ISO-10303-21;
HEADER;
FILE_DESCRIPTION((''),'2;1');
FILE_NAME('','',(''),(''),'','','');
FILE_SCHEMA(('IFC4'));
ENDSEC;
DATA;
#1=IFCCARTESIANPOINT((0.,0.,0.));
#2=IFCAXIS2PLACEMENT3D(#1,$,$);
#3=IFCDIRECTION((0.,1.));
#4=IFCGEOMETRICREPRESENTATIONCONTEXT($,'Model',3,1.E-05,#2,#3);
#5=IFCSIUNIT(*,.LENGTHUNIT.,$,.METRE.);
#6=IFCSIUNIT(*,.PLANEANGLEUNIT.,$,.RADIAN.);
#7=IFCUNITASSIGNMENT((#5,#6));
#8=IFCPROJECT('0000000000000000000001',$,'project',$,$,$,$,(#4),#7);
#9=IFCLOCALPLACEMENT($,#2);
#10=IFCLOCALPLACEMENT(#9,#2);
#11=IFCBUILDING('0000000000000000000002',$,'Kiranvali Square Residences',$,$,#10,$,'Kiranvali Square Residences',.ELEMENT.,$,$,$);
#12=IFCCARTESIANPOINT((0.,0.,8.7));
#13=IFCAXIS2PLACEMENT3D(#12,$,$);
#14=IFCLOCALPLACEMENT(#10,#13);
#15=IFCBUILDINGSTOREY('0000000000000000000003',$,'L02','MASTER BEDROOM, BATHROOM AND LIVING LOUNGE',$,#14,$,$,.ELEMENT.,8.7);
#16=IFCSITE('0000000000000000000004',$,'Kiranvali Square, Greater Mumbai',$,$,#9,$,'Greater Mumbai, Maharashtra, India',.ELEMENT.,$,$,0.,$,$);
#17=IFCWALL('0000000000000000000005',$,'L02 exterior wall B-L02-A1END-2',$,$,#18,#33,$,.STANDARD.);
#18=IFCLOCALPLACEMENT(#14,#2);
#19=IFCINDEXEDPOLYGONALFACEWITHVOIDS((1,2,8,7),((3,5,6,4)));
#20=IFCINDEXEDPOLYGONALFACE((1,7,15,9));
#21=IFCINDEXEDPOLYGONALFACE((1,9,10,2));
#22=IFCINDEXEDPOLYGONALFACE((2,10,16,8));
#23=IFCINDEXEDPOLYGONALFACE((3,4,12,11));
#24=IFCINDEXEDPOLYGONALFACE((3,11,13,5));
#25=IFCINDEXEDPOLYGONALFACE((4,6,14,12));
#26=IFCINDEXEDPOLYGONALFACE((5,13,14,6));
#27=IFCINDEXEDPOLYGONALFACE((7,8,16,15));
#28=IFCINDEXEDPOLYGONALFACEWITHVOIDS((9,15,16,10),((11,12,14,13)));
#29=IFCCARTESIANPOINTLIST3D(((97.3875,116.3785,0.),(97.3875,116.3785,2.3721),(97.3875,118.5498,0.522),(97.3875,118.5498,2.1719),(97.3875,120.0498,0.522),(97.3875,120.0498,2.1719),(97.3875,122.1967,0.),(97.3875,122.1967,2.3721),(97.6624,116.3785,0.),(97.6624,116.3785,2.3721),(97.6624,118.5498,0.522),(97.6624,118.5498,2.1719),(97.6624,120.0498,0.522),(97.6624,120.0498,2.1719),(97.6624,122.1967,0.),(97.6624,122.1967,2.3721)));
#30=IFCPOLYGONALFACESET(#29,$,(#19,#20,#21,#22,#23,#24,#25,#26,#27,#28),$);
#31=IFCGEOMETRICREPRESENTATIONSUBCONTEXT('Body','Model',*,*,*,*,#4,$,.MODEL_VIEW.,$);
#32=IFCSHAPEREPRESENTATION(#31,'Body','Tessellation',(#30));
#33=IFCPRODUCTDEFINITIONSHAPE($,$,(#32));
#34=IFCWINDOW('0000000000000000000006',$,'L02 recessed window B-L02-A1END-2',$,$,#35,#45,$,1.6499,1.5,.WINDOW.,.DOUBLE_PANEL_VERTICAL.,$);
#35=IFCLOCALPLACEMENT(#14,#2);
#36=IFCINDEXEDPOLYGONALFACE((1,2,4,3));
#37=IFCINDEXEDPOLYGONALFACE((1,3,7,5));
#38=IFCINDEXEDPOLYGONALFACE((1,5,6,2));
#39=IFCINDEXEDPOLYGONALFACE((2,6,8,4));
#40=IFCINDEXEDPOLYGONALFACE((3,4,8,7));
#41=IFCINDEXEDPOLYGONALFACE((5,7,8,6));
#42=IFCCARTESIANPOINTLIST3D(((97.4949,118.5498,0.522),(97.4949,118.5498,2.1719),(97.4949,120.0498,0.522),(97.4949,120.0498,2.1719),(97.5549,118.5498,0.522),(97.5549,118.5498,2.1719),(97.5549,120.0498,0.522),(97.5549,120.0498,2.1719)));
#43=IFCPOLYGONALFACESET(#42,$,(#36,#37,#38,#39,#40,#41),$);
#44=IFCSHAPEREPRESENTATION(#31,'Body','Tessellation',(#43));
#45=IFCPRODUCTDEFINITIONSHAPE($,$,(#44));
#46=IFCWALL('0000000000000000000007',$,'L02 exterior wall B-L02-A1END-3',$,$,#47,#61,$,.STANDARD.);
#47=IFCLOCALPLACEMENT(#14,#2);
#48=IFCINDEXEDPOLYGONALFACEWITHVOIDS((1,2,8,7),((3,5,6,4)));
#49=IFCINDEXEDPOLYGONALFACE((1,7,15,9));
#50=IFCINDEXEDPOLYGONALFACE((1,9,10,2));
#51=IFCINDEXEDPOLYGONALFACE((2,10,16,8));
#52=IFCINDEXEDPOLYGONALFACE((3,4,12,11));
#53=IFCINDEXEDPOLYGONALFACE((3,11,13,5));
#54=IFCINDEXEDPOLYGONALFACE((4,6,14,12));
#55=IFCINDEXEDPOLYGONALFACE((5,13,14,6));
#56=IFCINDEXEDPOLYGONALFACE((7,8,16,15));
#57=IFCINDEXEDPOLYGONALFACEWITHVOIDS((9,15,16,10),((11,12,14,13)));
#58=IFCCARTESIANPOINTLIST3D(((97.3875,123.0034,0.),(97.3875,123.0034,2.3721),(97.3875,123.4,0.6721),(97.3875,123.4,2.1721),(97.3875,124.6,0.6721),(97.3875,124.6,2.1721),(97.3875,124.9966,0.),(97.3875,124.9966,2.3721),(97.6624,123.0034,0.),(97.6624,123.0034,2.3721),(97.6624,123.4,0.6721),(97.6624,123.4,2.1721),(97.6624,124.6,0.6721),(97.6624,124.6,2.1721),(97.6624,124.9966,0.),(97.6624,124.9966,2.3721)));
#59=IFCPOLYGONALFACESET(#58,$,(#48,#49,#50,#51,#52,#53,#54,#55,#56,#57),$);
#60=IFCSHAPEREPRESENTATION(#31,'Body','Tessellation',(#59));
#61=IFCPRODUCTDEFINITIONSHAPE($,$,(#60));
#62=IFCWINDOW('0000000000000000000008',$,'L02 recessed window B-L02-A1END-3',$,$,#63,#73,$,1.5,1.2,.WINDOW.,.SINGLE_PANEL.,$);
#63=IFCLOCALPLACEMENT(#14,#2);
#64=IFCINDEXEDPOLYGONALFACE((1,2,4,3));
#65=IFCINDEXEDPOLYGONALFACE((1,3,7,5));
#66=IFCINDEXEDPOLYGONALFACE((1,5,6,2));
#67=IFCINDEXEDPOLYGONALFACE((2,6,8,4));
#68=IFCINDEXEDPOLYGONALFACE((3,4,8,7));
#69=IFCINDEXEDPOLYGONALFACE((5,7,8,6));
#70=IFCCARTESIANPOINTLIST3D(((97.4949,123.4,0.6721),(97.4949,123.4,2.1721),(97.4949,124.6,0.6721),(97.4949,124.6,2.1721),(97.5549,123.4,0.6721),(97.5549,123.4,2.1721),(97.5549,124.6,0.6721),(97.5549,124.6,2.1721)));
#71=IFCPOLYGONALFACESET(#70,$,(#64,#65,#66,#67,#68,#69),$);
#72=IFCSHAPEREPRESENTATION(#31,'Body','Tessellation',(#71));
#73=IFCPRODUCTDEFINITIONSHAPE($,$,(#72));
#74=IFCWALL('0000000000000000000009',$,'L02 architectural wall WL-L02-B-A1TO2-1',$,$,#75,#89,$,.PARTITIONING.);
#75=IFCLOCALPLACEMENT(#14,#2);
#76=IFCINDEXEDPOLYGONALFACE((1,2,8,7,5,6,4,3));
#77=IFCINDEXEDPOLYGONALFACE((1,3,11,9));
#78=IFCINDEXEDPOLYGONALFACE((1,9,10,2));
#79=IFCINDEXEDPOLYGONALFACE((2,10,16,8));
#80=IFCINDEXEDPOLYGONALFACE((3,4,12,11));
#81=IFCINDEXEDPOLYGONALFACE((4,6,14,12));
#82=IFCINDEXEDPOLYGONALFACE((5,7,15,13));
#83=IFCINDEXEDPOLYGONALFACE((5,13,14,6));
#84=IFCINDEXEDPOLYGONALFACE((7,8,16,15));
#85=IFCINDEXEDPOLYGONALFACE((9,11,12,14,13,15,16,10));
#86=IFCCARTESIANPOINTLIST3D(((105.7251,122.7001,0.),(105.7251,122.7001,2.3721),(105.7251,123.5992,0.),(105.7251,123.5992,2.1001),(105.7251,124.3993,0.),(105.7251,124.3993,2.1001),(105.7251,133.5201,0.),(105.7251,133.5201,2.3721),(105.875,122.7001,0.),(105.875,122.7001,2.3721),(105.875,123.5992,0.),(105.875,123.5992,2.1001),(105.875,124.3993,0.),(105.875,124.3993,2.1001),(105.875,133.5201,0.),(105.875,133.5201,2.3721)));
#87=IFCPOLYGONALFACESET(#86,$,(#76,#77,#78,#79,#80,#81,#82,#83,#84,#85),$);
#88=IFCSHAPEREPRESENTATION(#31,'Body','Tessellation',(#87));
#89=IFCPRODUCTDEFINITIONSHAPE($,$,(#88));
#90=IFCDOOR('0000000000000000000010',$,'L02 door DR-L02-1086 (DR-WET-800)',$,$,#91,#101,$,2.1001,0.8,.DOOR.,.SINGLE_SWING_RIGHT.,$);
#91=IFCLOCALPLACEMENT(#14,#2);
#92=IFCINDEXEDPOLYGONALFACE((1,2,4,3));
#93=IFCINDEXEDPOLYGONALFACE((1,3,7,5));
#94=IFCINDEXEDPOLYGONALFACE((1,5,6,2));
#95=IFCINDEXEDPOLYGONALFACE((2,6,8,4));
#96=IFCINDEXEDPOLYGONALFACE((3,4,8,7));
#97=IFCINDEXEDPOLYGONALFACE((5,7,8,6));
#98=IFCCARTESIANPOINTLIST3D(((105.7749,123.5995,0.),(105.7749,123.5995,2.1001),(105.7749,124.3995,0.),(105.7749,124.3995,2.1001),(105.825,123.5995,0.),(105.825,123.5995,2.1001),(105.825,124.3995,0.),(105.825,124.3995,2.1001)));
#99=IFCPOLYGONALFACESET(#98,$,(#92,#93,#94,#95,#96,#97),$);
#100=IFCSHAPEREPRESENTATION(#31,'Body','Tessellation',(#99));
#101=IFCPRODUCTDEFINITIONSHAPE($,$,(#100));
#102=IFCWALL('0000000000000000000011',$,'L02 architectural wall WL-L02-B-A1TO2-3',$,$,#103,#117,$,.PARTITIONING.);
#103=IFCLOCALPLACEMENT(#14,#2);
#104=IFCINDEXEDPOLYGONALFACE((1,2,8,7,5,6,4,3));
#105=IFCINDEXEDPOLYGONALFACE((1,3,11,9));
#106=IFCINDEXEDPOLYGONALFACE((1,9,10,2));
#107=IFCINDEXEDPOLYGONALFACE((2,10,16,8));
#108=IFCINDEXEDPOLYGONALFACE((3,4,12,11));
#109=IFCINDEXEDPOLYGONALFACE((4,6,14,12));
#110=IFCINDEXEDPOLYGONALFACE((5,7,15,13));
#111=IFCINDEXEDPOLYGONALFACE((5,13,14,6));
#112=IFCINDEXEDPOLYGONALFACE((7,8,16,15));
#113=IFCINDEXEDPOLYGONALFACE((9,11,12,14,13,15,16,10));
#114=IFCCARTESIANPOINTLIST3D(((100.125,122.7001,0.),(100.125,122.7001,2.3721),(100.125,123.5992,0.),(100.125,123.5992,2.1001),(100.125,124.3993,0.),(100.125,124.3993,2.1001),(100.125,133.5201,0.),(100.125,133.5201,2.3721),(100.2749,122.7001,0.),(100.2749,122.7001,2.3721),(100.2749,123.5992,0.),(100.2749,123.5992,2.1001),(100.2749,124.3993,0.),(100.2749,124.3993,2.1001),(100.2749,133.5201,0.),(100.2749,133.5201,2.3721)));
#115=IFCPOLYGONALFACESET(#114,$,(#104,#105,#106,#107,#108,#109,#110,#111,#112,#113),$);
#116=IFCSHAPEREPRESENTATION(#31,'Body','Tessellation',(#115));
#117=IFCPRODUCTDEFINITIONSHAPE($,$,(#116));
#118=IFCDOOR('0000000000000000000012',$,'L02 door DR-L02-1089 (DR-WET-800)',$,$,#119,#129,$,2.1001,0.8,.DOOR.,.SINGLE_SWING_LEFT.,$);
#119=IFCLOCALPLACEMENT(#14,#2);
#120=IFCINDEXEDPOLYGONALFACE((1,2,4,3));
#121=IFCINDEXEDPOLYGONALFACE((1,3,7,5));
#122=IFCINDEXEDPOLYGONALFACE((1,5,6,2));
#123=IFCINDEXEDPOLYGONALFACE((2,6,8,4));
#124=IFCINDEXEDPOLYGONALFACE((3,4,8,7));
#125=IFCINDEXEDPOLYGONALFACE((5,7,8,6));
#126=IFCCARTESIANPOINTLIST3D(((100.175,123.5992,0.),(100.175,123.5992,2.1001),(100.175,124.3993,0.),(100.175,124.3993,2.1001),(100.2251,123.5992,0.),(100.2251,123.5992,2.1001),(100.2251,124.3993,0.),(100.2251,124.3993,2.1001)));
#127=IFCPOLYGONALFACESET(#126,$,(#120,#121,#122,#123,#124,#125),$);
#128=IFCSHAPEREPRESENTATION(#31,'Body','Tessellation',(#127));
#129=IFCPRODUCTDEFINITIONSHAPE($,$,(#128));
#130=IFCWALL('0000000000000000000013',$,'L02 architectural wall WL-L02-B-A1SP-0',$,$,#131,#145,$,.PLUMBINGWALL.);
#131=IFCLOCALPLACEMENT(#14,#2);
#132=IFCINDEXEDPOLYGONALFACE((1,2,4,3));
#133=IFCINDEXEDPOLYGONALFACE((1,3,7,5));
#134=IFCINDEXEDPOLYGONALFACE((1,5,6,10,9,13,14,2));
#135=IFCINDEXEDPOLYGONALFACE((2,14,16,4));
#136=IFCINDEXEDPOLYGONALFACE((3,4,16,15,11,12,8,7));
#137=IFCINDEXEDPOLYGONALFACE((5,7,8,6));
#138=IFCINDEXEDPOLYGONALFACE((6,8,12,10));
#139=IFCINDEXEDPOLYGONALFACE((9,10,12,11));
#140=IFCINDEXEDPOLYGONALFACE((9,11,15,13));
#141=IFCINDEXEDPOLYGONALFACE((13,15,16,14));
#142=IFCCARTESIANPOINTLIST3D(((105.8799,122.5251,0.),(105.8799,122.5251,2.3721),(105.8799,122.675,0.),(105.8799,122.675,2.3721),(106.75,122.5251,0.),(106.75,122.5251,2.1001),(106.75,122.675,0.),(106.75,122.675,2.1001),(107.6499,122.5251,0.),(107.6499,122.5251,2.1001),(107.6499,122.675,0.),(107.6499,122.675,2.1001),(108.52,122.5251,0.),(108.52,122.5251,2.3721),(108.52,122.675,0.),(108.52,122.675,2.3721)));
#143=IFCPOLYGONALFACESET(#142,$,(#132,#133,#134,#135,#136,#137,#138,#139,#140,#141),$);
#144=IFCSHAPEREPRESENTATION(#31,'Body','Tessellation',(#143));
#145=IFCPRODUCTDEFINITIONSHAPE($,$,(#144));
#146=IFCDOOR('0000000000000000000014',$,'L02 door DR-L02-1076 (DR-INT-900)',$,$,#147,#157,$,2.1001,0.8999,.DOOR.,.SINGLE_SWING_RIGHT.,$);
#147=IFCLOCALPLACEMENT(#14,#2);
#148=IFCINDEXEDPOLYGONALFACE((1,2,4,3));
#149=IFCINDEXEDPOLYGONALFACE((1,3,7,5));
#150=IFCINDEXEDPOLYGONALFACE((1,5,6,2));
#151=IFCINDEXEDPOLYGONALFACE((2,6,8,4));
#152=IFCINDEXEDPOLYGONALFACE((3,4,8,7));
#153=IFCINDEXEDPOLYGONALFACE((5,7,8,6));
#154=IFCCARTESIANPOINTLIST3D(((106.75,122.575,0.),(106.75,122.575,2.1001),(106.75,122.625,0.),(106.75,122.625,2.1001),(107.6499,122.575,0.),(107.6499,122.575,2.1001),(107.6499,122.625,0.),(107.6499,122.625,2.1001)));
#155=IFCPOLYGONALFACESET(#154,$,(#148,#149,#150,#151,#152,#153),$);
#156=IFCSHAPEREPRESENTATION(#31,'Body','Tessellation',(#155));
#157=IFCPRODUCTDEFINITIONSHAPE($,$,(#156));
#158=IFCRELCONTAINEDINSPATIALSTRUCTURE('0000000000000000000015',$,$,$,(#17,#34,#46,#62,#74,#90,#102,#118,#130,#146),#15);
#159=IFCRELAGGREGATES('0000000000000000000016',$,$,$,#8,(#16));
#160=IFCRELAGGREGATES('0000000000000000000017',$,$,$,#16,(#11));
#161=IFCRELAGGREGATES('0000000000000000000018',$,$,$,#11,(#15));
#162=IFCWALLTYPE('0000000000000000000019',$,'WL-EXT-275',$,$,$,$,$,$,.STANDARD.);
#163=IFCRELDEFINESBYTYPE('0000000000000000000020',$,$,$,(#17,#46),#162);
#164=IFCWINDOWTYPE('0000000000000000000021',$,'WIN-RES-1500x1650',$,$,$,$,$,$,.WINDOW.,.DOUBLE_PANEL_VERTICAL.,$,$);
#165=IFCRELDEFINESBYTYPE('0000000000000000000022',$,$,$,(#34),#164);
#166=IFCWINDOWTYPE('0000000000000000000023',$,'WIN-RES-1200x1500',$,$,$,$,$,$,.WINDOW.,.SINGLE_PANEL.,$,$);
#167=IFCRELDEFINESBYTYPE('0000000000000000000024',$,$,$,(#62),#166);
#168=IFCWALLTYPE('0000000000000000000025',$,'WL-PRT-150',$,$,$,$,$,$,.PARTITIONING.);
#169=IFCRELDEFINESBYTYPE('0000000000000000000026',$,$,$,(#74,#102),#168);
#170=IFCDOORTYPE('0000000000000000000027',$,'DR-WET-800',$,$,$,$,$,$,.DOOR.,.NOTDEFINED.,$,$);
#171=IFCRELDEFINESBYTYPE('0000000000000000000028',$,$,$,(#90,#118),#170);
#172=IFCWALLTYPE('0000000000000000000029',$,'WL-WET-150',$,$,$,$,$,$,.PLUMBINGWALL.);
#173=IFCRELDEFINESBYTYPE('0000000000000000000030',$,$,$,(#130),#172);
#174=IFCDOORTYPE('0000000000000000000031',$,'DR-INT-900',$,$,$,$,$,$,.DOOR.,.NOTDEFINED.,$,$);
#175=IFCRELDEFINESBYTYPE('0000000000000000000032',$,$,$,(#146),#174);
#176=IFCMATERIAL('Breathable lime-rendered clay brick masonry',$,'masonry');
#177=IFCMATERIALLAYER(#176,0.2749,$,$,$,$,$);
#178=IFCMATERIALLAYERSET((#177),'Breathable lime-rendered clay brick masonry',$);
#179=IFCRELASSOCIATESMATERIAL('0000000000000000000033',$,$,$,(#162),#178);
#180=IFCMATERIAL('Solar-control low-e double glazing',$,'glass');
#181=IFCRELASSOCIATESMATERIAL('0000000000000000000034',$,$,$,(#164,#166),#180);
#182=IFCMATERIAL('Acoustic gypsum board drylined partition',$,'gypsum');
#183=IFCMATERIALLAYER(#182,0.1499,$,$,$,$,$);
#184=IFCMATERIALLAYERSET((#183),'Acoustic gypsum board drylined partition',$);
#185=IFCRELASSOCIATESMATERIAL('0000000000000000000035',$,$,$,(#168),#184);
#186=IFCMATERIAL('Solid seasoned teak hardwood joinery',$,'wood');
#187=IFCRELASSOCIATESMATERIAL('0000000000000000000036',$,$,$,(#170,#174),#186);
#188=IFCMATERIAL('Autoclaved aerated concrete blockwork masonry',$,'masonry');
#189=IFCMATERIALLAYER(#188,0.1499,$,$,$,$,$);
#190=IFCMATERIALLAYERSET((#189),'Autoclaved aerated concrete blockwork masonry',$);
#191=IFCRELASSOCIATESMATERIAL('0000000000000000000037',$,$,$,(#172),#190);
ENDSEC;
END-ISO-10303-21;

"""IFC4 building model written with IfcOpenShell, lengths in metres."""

from ifc_helpers import new_model, si_unit, direction, frame, frame_2d, origin, place, context, subcontext, project, spatial, rectangle, extrude, material, layer, layer_set, type_object, element, fill, save


model = new_model("IFC4")

# Units and contexts
model_context = context("Model", 3, precision=1e-05, world=origin(), true_north=direction((0.0, 1.0)))
body_context = subcontext(model_context, "Body", "Model", "MODEL_VIEW")
ifc_project = project(units=[si_unit("LENGTHUNIT", "METRE"), si_unit("PLANEANGLEUNIT", "RADIAN")], contexts=[model_context])

# Site, building, storey
site_placement = place(None, origin())
site = spatial("IfcSite", under=ifc_project, at=site_placement, Name="Kiranvali Square, Greater Mumbai", LongName="Greater Mumbai, Maharashtra, India", CompositionType="ELEMENT", RefElevation=0.0)
building_placement = place(site_placement, origin())
building = spatial("IfcBuilding", under=site, at=building_placement, Name="Kiranvali Square Residences", LongName="Kiranvali Square Residences", CompositionType="ELEMENT")
storey_placement = place(building_placement, frame((0.0, 0.0, 8.7)))
storey = spatial("IfcBuildingStorey", under=building, at=storey_placement, Name="L02", Description="MASTER BEDROOM, BATHROOM AND LIVING LOUNGE", CompositionType="ELEMENT", Elevation=8.7)

# Shared definitions
ifc_material_1 = material(Name="Autoclaved aerated concrete blockwork masonry", Category="masonry")

# Walls, openings, windows
ifc_material_2 = material(Name="Breathable lime-rendered clay brick masonry", Category="masonry")
ifc_layer_1 = layer(ifc_material_2, 0.2749)
ifc_layer_set_1 = layer_set([ifc_layer_1], Name="Breathable lime-rendered clay brick masonry")
wall_type_1 = type_object("IfcWallType", Name="WL-EXT-275", PredefinedType="STANDARD", material=ifc_layer_set_1)
wall_1_placement = place(storey_placement, frame((97.5249, 116.3784, 0.0), z_axis=(0.0, 0.0, 1.0), x_axis=(0.0, 1.0, 0.0)))
wall_1 = element("IfcWall", 1, at=wall_1_placement, inside=storey, type_object=wall_type_1, Name="L02 exterior wall B-L02-A1END-2", PredefinedType="STANDARD", context=body_context, shape_type="SweptSolid", body=[
    extrude(rectangle(XDim=5.8181, YDim=0.2749, at=frame_2d((2.9092, 0.0))), origin(), (0.0, 0.0, 1.0), 2.3721),
])
opening_1_placement = place(wall_1_placement, frame((2.1714, 0.0, 0.522)))
opening_1 = element("IfcOpeningElement", 2, at=opening_1_placement, cuts=wall_1, PredefinedType="OPENING", context=body_context, shape_type="SweptSolid", body=[
    extrude(rectangle(XDim=1.5, YDim=1.6499, at=frame_2d((0.75, 0.825))), frame((0.0, 0.1475, 0.0), z_axis=(0.0, -1.0, 0.0), x_axis=(1.0, 0.0, 0.0)), (0.0, 0.0, 1.0), 0.2949),
])
ifc_material_3 = material(Name="Solar-control low-e double glazing", Category="glass")
window_type_1 = type_object("IfcWindowType", Name="WIN-RES-1500x1650", PartitioningType="DOUBLE_PANEL_VERTICAL", PredefinedType="WINDOW", material=ifc_material_3)
window_1_placement = place(opening_1_placement, origin())
window_1 = element("IfcWindow", 3, at=window_1_placement, inside=storey, type_object=window_type_1, Name="L02 recessed window B-L02-A1END-2", OverallHeight=1.6499, OverallWidth=1.5, PartitioningType="DOUBLE_PANEL_VERTICAL", PredefinedType="WINDOW", context=body_context, shape_type="SweptSolid", body=[
    extrude(rectangle(XDim=1.5, YDim=1.6499, at=frame_2d((0.75, 0.825))), frame((0.0, 0.03, 0.0), z_axis=(0.0, -1.0, 0.0), x_axis=(1.0, 0.0, 0.0)), (0.0, 0.0, 1.0), 0.0601),
])
fill(opening_1, window_1)
wall_2_placement = place(storey_placement, frame((97.5249, 123.0034, 0.0), z_axis=(0.0, 0.0, 1.0), x_axis=(0.0, 1.0, 0.0)))
wall_2 = element("IfcWall", 4, at=wall_2_placement, inside=storey, type_object=wall_type_1, Name="L02 exterior wall B-L02-A1END-3", PredefinedType="STANDARD", context=body_context, shape_type="SweptSolid", body=[
    extrude(rectangle(XDim=1.9932, YDim=0.2749, at=frame_2d((0.9966, 0.0))), origin(), (0.0, 0.0, 1.0), 2.3721),
])
opening_2_placement = place(wall_2_placement, frame((0.3965, 0.0, 0.6721)))
opening_2 = element("IfcOpeningElement", 5, at=opening_2_placement, cuts=wall_2, PredefinedType="OPENING", context=body_context, shape_type="SweptSolid", body=[
    extrude(rectangle(XDim=1.2, YDim=1.5, at=frame_2d((0.6001, 0.75))), frame((0.0, 0.1475, 0.0), z_axis=(0.0, -1.0, 0.0), x_axis=(1.0, 0.0, 0.0)), (0.0, 0.0, 1.0), 0.2949),
])
window_type_2 = type_object("IfcWindowType", Name="WIN-RES-1200x1500", PartitioningType="SINGLE_PANEL", PredefinedType="WINDOW", material=ifc_material_3)
window_2_placement = place(opening_2_placement, origin())
window_2 = element("IfcWindow", 6, at=window_2_placement, inside=storey, type_object=window_type_2, Name="L02 recessed window B-L02-A1END-3", OverallHeight=1.5, OverallWidth=1.2, PartitioningType="SINGLE_PANEL", PredefinedType="WINDOW", context=body_context, shape_type="SweptSolid", body=[
    extrude(rectangle(XDim=1.2, YDim=1.5, at=frame_2d((0.6001, 0.75))), frame((0.0, 0.03, 0.0), z_axis=(0.0, -1.0, 0.0), x_axis=(1.0, 0.0, 0.0)), (0.0, 0.0, 1.0), 0.0601),
])
fill(opening_2, window_2)

# Walls, openings, doors
ifc_material_4 = material(Name="Acoustic gypsum board drylined partition", Category="gypsum")
ifc_layer_2 = layer(ifc_material_4, 0.1499)
ifc_layer_set_2 = layer_set([ifc_layer_2], Name="Acoustic gypsum board drylined partition")
wall_type_2 = type_object("IfcWallType", Name="WL-PRT-150", PredefinedType="PARTITIONING", material=ifc_layer_set_2)
wall_3_placement = place(storey_placement, frame((105.8, 122.7, 0.0), z_axis=(0.0, 0.0, 1.0), x_axis=(0.0, 1.0, 0.0)))
wall_3 = element("IfcWall", 7, at=wall_3_placement, inside=storey, type_object=wall_type_2, Name="L02 architectural wall WL-L02-B-A1TO2-1", PredefinedType="PARTITIONING", context=body_context, shape_type="SweptSolid", body=[
    extrude(rectangle(XDim=10.8201, YDim=0.1499, at=frame_2d((5.4102, 0.0))), origin(), (0.0, 0.0, 1.0), 2.3721),
])
opening_3_placement = place(wall_3_placement, frame((0.8994, 0.0, 0.0)))
opening_3 = element("IfcOpeningElement", 8, at=opening_3_placement, cuts=wall_3, PredefinedType="OPENING", context=body_context, shape_type="SweptSolid", body=[
    extrude(rectangle(XDim=0.8, YDim=2.1001, at=frame_2d((0.3999, 1.05))), frame((0.0, 0.085, 0.0), z_axis=(0.0, -1.0, 0.0), x_axis=(1.0, 0.0, 0.0)), (0.0, 0.0, 1.0), 0.1699),
])
ifc_material_5 = material(Name="Solid seasoned teak hardwood joinery", Category="wood")
door_type_1 = type_object("IfcDoorType", Name="DR-WET-800", OperationType="NOTDEFINED", PredefinedType="DOOR", material=ifc_material_5)
door_1_placement = place(opening_3_placement, frame((0.8, 0.0, 0.0), z_axis=(0.0, 0.0, 1.0), x_axis=(-1.0, 0.0, 0.0)))
door_1 = element("IfcDoor", 9, at=door_1_placement, inside=storey, type_object=door_type_1, Name="L02 door DR-L02-1086 (DR-WET-800)", OperationType="SINGLE_SWING_RIGHT", OverallHeight=2.1001, OverallWidth=0.8, PredefinedType="DOOR", context=body_context, shape_type="SweptSolid", body=[
    extrude(rectangle(XDim=0.8, YDim=2.1001, at=frame_2d((0.3999, 1.05))), frame((0.0, 0.0249, 0.0), z_axis=(0.0, -1.0, 0.0), x_axis=(1.0, 0.0, 0.0)), (0.0, 0.0, 1.0), 0.05),
])
fill(opening_3, door_1)
wall_4_placement = place(storey_placement, frame((100.2, 122.7, 0.0), z_axis=(0.0, 0.0, 1.0), x_axis=(0.0, 1.0, 0.0)))
wall_4 = element("IfcWall", 10, at=wall_4_placement, inside=storey, type_object=wall_type_2, Name="L02 architectural wall WL-L02-B-A1TO2-3", PredefinedType="PARTITIONING", context=body_context, shape_type="SweptSolid", body=[
    extrude(rectangle(XDim=10.8201, YDim=0.1499, at=frame_2d((5.4102, 0.0))), origin(), (0.0, 0.0, 1.0), 2.3721),
])
opening_4_placement = place(wall_4_placement, frame((0.8994, 0.0, 0.0)))
opening_4 = element("IfcOpeningElement", 11, at=opening_4_placement, cuts=wall_4, PredefinedType="OPENING", context=body_context, shape_type="SweptSolid", body=[
    extrude(rectangle(XDim=0.8, YDim=2.1001, at=frame_2d((0.3999, 1.05))), frame((0.0, 0.085, 0.0), z_axis=(0.0, -1.0, 0.0), x_axis=(1.0, 0.0, 0.0)), (0.0, 0.0, 1.0), 0.1699),
])
door_2_placement = place(opening_4_placement, origin())
door_2 = element("IfcDoor", 12, at=door_2_placement, inside=storey, type_object=door_type_1, Name="L02 door DR-L02-1089 (DR-WET-800)", OperationType="SINGLE_SWING_LEFT", OverallHeight=2.1001, OverallWidth=0.8, PredefinedType="DOOR", context=body_context, shape_type="SweptSolid", body=[
    extrude(rectangle(XDim=0.8, YDim=2.1001, at=frame_2d((0.3999, 1.05))), frame((0.0, 0.0249, 0.0), z_axis=(0.0, -1.0, 0.0), x_axis=(1.0, 0.0, 0.0)), (0.0, 0.0, 1.0), 0.05),
])
fill(opening_4, door_2)
ifc_layer_3 = layer(ifc_material_1, 0.1499)
ifc_layer_set_3 = layer_set([ifc_layer_3], Name="Autoclaved aerated concrete blockwork masonry")
wall_type_3 = type_object("IfcWallType", Name="WL-WET-150", PredefinedType="PLUMBINGWALL", material=ifc_layer_set_3)
wall_5_placement = place(storey_placement, frame((108.52, 122.6001, 0.0), z_axis=(0.0, 0.0, 1.0), x_axis=(-1.0, 0.0, 0.0)))
wall_5 = element("IfcWall", 13, at=wall_5_placement, inside=storey, type_object=wall_type_3, Name="L02 architectural wall WL-L02-B-A1SP-0", PredefinedType="PLUMBINGWALL", context=body_context, shape_type="SweptSolid", body=[
    extrude(rectangle(XDim=2.6401, YDim=0.1499, at=frame_2d((1.3201, 0.0))), origin(), (0.0, 0.0, 1.0), 2.3721),
])
opening_5_placement = place(wall_5_placement, frame((0.8701, 0.0, 0.0)))
opening_5 = element("IfcOpeningElement", 14, at=opening_5_placement, cuts=wall_5, PredefinedType="OPENING", context=body_context, shape_type="SweptSolid", body=[
    extrude(rectangle(XDim=0.8999, YDim=2.1001, at=frame_2d((0.45, 1.05))), frame((0.0, 0.085, 0.0), z_axis=(0.0, -1.0, 0.0), x_axis=(1.0, 0.0, 0.0)), (0.0, 0.0, 1.0), 0.1699),
])
door_type_2 = type_object("IfcDoorType", Name="DR-INT-900", OperationType="NOTDEFINED", PredefinedType="DOOR", material=ifc_material_5)
door_3_placement = place(opening_5_placement, frame((0.8999, 0.0, 0.0), z_axis=(0.0, 0.0, 1.0), x_axis=(-1.0, 0.0, 0.0)))
door_3 = element("IfcDoor", 15, at=door_3_placement, inside=storey, type_object=door_type_2, Name="L02 door DR-L02-1076 (DR-INT-900)", OperationType="SINGLE_SWING_RIGHT", OverallHeight=2.1001, OverallWidth=0.8999, PredefinedType="DOOR", context=body_context, shape_type="SweptSolid", body=[
    extrude(rectangle(XDim=0.8999, YDim=2.1001, at=frame_2d((0.45, 1.05))), frame((0.0, 0.0249, 0.0), z_axis=(0.0, -1.0, 0.0), x_axis=(1.0, 0.0, 0.0)), (0.0, 0.0, 1.0), 0.05),
])
fill(opening_5, door_3)

save(model, "model.ifc")
